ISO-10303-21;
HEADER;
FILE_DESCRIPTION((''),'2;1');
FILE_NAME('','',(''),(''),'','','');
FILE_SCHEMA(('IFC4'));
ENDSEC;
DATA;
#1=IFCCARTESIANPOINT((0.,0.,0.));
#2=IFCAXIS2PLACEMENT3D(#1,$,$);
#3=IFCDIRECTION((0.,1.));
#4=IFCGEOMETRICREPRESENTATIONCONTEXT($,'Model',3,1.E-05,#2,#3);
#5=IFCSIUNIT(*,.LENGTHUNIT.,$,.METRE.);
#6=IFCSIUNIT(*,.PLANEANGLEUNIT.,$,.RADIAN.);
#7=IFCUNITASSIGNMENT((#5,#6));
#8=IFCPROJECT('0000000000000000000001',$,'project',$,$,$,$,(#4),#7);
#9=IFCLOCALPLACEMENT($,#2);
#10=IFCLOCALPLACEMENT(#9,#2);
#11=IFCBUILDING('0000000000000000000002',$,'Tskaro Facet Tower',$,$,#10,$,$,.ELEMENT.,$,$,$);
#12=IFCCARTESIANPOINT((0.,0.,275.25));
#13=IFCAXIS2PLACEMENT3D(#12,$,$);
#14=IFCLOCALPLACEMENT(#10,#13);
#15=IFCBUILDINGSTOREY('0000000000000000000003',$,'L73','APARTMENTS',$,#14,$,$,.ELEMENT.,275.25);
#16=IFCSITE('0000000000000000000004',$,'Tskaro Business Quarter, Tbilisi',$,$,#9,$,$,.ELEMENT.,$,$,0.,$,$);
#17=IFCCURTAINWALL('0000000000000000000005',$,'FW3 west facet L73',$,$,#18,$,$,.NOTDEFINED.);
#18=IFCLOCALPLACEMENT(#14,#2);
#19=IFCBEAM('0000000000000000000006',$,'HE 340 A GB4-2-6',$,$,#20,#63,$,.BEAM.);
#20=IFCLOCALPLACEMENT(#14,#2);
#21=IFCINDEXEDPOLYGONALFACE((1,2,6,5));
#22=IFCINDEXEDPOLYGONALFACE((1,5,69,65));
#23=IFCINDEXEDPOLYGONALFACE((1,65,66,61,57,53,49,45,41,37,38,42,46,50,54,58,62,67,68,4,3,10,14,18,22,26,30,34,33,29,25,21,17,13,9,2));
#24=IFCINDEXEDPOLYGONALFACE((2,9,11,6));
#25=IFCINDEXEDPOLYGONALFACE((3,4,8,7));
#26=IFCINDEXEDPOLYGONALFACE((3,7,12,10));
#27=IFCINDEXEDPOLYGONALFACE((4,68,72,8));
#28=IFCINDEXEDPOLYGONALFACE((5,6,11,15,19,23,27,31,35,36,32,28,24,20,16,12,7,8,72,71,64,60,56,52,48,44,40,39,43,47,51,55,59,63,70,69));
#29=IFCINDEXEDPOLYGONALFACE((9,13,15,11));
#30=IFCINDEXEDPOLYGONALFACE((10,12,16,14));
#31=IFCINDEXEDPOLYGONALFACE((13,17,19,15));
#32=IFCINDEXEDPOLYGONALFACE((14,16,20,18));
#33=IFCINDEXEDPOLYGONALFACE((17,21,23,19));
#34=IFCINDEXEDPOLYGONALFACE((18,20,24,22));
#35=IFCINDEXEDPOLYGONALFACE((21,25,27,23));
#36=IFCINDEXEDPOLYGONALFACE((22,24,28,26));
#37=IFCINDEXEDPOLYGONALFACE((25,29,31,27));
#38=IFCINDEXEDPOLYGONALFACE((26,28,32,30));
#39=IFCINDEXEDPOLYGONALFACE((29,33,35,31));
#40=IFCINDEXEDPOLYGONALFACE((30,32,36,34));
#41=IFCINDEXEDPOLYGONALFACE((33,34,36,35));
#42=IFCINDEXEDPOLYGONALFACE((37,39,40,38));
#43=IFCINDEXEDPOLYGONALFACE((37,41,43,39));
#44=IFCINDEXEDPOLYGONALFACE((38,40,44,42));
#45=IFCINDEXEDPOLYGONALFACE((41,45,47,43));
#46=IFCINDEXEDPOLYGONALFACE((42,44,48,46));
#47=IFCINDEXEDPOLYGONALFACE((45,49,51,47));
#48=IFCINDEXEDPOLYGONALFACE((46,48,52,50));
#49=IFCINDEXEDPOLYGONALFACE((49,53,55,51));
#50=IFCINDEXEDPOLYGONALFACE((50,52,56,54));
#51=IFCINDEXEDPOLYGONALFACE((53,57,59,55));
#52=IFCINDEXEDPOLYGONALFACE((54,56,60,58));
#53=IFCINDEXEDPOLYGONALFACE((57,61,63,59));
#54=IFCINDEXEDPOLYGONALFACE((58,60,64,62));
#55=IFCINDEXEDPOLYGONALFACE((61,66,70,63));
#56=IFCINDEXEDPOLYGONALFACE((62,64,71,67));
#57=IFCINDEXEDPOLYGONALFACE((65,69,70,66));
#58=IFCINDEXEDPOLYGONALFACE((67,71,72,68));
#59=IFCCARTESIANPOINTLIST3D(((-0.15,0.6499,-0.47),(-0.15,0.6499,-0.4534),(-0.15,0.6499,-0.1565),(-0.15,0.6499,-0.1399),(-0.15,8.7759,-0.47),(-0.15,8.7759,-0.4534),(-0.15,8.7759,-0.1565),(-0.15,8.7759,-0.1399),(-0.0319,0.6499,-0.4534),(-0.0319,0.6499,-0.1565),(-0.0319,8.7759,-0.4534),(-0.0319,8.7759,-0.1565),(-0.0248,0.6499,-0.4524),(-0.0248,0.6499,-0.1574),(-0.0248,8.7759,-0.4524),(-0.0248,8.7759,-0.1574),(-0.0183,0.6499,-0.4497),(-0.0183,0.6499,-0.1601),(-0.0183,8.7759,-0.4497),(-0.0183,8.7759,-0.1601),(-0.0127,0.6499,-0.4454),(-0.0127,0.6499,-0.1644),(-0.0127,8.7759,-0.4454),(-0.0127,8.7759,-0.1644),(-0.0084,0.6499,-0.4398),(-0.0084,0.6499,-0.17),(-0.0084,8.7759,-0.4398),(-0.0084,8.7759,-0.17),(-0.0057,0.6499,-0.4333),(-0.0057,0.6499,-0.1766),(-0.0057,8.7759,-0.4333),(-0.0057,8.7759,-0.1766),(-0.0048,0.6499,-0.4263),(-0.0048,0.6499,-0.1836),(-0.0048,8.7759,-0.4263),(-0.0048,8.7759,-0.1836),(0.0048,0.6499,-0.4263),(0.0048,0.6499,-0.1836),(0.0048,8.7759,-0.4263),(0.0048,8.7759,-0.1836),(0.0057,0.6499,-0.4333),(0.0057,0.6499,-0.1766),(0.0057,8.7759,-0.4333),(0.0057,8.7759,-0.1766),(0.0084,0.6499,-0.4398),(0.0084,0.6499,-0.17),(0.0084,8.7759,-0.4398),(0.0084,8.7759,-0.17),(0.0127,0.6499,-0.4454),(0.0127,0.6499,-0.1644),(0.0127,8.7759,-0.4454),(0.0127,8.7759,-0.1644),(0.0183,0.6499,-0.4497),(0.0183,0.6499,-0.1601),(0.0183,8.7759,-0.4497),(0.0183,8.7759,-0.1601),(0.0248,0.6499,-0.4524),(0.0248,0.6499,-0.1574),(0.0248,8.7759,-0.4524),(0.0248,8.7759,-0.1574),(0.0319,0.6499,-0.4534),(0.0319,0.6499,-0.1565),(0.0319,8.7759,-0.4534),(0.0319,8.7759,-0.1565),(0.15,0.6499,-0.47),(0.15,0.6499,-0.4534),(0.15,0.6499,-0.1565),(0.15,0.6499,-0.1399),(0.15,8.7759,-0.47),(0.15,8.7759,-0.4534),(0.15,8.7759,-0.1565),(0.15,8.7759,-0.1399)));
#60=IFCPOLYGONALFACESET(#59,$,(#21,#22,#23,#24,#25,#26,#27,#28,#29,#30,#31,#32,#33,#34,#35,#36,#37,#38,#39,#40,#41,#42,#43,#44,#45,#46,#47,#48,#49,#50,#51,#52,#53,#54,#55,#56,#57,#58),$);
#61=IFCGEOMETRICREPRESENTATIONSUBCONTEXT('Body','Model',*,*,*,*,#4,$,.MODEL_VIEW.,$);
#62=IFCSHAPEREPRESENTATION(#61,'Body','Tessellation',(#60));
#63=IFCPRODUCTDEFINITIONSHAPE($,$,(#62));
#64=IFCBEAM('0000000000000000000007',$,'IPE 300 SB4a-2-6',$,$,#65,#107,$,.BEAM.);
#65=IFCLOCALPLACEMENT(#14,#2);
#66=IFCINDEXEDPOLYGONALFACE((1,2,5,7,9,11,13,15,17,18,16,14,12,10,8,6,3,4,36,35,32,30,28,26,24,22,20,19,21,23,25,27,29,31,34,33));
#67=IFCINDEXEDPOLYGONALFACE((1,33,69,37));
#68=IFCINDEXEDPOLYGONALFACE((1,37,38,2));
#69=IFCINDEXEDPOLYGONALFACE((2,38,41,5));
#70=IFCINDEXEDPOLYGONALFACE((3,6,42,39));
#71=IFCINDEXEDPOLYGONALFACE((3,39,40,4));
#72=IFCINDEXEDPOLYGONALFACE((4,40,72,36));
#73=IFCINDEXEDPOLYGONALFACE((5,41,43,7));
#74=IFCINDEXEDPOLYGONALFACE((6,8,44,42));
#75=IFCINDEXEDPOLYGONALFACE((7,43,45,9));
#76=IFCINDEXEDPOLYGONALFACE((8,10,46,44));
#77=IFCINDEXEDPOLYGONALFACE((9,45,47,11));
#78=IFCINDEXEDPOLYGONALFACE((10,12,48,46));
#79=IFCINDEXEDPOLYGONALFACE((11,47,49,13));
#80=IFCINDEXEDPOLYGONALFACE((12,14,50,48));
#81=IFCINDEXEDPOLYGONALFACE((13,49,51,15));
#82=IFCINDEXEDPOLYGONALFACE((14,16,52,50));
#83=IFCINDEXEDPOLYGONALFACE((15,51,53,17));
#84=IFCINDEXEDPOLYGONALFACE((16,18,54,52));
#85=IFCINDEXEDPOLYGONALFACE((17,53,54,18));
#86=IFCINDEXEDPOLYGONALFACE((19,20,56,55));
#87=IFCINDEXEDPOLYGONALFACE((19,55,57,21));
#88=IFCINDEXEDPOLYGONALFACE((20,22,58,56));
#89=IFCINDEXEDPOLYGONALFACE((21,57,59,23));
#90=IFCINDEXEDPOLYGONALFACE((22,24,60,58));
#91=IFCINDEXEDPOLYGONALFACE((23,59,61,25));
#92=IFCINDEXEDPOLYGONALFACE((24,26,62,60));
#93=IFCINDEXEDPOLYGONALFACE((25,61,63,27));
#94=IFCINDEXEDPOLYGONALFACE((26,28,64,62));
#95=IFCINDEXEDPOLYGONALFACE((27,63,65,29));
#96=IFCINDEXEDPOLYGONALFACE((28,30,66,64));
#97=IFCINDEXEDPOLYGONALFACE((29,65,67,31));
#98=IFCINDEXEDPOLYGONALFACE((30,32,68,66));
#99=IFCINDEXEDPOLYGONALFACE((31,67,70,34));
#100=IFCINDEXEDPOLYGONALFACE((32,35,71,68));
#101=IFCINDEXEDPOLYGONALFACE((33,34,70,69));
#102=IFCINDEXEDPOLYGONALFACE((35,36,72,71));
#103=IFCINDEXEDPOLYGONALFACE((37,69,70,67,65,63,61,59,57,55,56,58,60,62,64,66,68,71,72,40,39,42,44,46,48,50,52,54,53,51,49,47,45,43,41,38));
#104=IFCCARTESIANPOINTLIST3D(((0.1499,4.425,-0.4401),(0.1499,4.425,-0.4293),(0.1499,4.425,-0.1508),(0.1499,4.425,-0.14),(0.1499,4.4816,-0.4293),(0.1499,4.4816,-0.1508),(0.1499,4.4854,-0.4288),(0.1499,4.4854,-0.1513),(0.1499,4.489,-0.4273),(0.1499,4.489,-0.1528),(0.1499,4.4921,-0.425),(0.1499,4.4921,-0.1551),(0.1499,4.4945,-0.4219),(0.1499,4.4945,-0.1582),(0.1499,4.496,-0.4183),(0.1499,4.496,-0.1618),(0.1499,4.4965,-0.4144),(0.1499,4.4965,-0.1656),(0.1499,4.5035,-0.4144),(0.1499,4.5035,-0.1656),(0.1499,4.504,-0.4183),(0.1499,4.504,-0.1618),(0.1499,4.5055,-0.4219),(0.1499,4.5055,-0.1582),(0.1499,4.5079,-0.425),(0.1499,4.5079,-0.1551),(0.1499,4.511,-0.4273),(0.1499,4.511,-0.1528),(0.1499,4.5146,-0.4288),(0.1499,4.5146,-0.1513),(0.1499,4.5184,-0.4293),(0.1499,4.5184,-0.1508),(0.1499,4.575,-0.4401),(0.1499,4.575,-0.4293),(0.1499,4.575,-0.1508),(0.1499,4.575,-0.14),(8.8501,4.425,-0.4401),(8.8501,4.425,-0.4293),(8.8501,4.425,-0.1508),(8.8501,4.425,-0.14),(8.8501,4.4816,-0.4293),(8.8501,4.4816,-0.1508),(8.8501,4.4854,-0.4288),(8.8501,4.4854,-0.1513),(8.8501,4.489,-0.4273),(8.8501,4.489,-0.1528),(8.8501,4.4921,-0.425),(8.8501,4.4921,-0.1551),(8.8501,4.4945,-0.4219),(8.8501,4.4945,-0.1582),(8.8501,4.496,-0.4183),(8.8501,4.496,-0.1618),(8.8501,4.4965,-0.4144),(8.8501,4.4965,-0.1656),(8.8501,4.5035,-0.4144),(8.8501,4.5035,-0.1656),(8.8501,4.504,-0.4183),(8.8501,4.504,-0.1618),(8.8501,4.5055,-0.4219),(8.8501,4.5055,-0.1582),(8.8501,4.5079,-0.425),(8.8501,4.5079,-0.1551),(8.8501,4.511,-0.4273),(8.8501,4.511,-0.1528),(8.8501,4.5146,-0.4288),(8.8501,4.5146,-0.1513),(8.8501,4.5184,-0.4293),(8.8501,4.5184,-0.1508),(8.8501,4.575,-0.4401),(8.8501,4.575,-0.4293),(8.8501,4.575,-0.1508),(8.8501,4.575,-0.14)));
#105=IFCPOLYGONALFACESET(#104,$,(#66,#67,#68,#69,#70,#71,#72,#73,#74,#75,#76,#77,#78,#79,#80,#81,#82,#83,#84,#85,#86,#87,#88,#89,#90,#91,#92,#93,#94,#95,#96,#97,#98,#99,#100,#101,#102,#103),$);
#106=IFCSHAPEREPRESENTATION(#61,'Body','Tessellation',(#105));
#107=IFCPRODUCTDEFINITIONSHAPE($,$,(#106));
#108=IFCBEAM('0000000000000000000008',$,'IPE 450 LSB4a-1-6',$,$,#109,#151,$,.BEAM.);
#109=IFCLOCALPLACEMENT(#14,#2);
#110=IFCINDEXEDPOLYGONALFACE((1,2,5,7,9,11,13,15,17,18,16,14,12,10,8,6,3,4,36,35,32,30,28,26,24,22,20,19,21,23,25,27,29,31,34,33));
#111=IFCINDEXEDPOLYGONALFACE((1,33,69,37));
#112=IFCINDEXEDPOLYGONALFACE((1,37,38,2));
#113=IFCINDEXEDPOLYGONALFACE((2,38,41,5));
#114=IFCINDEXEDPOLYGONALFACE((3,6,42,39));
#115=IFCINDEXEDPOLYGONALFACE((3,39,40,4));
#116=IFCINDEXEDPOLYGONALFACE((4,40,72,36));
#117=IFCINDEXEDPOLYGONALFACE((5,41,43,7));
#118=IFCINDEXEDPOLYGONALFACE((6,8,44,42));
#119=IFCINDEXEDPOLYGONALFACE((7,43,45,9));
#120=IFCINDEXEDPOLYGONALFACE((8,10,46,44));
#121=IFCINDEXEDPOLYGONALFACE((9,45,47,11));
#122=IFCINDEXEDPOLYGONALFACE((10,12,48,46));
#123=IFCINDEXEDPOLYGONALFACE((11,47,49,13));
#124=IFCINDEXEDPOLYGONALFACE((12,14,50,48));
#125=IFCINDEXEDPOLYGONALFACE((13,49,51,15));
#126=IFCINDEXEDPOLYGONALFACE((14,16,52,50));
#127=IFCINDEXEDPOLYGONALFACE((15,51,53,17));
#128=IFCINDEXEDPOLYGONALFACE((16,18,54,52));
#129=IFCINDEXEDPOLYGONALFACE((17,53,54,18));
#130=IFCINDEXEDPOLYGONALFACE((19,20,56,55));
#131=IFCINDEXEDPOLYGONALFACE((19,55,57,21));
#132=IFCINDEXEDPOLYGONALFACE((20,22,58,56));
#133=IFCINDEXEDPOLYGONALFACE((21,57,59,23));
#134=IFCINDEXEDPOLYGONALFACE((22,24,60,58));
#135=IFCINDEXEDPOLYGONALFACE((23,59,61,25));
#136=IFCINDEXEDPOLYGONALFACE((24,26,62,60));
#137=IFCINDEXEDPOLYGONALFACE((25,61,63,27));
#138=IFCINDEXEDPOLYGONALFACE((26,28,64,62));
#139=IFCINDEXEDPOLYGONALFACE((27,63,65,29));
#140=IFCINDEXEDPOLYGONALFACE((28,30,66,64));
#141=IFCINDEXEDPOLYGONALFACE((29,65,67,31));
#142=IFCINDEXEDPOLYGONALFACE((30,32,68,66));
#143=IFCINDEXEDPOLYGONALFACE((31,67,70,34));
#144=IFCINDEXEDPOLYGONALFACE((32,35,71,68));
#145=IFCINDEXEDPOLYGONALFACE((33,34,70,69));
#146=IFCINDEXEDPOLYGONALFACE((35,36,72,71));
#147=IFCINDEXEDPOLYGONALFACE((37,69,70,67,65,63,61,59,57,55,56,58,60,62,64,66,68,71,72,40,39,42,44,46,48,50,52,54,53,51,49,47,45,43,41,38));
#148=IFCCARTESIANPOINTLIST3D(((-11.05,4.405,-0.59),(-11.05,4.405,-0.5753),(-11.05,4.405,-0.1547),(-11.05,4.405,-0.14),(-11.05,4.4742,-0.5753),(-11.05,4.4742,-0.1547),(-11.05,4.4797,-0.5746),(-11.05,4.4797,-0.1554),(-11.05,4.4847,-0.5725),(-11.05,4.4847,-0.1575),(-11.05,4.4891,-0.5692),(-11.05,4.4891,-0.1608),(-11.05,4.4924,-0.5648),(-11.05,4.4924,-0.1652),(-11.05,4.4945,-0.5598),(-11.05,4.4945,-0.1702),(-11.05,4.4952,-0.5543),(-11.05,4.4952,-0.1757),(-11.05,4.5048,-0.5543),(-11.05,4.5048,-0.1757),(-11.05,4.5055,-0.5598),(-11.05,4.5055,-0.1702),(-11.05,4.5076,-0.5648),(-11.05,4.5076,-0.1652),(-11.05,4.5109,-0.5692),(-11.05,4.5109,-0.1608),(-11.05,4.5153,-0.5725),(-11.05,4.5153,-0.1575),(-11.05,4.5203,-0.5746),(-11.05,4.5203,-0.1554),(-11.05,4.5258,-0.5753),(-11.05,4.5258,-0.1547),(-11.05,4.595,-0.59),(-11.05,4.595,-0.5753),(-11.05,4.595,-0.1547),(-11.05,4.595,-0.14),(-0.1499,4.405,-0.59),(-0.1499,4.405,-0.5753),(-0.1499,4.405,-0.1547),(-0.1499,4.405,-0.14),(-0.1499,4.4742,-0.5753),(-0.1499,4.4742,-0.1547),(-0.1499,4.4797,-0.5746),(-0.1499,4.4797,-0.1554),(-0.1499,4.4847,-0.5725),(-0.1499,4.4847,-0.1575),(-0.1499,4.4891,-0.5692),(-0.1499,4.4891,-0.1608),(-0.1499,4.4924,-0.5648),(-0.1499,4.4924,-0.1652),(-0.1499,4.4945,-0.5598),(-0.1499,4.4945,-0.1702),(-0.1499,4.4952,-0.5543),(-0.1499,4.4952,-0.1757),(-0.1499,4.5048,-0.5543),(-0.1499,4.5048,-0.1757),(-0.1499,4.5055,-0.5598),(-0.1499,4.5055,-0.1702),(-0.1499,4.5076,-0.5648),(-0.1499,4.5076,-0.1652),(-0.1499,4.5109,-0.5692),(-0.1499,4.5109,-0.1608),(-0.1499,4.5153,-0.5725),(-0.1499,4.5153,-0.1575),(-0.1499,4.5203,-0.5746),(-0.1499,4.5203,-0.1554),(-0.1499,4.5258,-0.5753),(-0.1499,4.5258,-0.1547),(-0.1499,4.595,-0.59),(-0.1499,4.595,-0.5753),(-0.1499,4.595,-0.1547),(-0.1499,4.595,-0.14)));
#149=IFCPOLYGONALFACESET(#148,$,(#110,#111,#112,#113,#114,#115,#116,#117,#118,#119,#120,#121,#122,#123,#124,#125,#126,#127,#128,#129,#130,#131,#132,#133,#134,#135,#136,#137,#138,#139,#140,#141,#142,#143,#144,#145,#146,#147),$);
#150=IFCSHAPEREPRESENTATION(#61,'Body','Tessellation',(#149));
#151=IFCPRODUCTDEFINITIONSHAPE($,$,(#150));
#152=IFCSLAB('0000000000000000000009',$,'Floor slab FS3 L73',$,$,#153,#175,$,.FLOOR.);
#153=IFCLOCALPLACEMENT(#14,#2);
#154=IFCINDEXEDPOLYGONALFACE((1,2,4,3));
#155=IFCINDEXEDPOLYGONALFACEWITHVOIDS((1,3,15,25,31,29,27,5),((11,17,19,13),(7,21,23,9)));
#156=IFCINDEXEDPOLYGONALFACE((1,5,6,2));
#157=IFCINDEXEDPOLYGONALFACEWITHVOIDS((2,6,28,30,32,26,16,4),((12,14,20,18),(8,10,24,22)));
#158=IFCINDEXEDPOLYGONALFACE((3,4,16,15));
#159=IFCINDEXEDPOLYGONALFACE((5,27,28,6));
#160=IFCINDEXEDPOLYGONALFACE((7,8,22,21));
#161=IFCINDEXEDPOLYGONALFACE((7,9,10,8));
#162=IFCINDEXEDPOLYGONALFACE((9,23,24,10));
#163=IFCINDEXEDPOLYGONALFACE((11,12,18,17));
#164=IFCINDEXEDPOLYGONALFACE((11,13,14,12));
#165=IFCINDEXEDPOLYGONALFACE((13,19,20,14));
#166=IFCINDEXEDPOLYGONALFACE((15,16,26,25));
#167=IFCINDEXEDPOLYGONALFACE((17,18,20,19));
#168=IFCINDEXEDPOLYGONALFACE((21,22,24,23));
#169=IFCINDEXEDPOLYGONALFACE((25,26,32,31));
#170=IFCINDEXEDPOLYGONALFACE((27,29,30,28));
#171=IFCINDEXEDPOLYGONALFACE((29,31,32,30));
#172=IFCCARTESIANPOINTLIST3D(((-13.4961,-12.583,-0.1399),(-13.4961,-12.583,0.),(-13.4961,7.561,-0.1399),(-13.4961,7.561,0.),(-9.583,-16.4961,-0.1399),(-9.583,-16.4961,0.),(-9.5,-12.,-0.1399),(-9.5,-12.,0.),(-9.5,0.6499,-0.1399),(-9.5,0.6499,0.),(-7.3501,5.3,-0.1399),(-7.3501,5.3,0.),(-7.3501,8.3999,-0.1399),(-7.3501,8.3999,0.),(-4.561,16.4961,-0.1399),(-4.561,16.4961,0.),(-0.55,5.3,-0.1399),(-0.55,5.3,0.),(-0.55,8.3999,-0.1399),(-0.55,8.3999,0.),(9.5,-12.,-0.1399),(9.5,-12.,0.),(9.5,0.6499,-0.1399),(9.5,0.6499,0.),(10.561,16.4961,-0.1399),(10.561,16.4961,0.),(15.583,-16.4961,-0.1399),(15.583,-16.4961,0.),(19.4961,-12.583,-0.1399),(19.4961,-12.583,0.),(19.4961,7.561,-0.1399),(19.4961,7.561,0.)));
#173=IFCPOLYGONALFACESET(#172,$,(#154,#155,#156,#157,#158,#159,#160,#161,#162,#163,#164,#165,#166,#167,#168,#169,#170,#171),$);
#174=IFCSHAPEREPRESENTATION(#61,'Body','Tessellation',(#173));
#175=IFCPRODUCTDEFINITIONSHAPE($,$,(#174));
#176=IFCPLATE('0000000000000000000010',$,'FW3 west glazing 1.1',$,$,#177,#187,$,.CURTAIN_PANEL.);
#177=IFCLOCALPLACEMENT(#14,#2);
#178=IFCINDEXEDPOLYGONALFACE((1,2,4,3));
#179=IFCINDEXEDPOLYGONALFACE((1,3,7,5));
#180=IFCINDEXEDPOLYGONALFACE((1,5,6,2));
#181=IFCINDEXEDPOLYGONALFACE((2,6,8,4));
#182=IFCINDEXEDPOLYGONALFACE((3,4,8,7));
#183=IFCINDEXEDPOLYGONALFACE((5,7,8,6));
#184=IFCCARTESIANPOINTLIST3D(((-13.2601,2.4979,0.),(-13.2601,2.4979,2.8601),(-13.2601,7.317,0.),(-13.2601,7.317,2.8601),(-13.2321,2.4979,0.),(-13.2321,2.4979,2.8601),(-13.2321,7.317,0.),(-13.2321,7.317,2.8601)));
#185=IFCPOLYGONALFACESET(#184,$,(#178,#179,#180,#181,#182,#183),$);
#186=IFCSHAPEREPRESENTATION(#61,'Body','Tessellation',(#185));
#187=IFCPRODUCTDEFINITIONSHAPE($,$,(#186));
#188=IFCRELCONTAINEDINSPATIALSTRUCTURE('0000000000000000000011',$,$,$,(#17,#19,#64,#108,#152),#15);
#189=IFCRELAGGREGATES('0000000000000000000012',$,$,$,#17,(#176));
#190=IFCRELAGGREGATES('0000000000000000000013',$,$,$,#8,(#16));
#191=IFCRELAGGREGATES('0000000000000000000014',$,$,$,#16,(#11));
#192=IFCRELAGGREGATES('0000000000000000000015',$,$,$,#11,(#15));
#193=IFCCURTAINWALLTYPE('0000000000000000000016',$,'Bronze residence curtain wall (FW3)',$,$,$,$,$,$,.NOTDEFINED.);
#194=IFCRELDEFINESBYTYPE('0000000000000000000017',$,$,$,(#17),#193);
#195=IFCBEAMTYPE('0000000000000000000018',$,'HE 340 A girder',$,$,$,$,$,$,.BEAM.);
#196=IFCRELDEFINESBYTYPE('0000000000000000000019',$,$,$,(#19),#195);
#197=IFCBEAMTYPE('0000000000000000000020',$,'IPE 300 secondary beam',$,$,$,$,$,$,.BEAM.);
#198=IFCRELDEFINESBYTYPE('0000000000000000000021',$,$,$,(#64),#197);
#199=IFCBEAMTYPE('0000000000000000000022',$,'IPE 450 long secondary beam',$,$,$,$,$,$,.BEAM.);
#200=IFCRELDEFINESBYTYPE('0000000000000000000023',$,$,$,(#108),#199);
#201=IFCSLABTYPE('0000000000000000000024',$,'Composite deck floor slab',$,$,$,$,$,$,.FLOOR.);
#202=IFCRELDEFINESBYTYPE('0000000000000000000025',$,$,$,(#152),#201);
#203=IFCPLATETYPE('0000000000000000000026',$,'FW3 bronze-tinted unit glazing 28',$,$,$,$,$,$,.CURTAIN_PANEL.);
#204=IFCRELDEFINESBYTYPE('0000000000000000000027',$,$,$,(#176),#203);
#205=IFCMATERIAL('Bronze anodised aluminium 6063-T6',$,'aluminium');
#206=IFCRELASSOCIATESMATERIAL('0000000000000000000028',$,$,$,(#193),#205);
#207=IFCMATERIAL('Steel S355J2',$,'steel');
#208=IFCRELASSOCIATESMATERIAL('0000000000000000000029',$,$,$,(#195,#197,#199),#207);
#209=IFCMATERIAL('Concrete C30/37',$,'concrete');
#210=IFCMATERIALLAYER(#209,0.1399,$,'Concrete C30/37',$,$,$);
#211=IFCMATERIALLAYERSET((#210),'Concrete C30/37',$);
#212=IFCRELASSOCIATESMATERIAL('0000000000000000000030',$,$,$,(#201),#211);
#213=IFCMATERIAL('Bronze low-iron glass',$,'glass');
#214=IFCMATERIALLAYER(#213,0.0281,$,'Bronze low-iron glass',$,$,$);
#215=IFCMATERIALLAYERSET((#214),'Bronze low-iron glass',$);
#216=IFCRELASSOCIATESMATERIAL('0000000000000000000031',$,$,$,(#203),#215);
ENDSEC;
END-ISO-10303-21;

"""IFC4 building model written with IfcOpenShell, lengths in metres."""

from ifc_helpers import new_model, si_unit, direction, frame, origin, origin_2d, place, context, subcontext, project, spatial, polyline, rectangle, i_section, outline, extrude, material, layer, layer_set, material_profile, profile_set, type_object, element, aggregate, save


model = new_model("IFC4")

# Units and contexts
model_context = context("Model", 3, precision=1e-05, world=origin(), true_north=direction((0.0, 1.0)))
body_context = subcontext(model_context, "Body", "Model", "MODEL_VIEW")
ifc_project = project(units=[si_unit("LENGTHUNIT", "METRE"), si_unit("PLANEANGLEUNIT", "RADIAN")], contexts=[model_context])

# Site, building, storey
site_placement = place(None, origin())
site = spatial("IfcSite", under=ifc_project, at=site_placement, Name="Tskaro Business Quarter, Tbilisi", CompositionType="ELEMENT", RefElevation=0.0)
building_placement = place(site_placement, origin())
building = spatial("IfcBuilding", under=site, at=building_placement, Name="Tskaro Facet Tower", CompositionType="ELEMENT")
storey_placement = place(building_placement, frame((0.0, 0.0, 275.25)))
storey = spatial("IfcBuildingStorey", under=building, at=storey_placement, Name="L73", Description="APARTMENTS", CompositionType="ELEMENT", Elevation=275.25)

# Curtain wall
ifc_material_1 = material(Name="Bronze anodised aluminium 6063-T6", Category="aluminium")
curtain_wall_type = type_object("IfcCurtainWallType", Name="Bronze residence curtain wall (FW3)", PredefinedType="NOTDEFINED", material=ifc_material_1)
curtain_wall_placement = place(storey_placement, origin())
curtain_wall = element("IfcCurtainWall", 1, at=curtain_wall_placement, inside=storey, type_object=curtain_wall_type, Name="FW3 west facet L73", PredefinedType="NOTDEFINED")

# Beams
ifc_material_2 = material(Name="Steel S355J2", Category="steel")
ifc_material_profile_1 = material_profile(ifc_material_2, i_section(OverallWidth=0.3, OverallDepth=0.3301, WebThickness=0.0095, FlangeThickness=0.0166, FilletRadius=0.0271, at=origin_2d()), Name="HE 340 A")
ifc_profile_set_1 = profile_set([ifc_material_profile_1], Name="Steel S355J2")
beam_type_1 = type_object("IfcBeamType", Name="HE 340 A girder", PredefinedType="BEAM", material=ifc_profile_set_1)
beam_1_placement = place(storey_placement, frame((0.0, 0.6499, -0.3049), z_axis=(0.0, 1.0, 0.0), x_axis=(-1.0, 0.0, 0.0)))
element("IfcBeam", 2, at=beam_1_placement, inside=storey, type_object=beam_type_1, Name="HE 340 A GB4-2-6", PredefinedType="BEAM", context=body_context, shape_type="SweptSolid", body=[
    extrude(i_section(OverallWidth=0.3, OverallDepth=0.3301, WebThickness=0.0095, FlangeThickness=0.0166, FilletRadius=0.0271, at=origin_2d()), origin(), (0.0, 0.0, 1.0), 8.126),
])
ifc_material_profile_2 = material_profile(ifc_material_2, i_section(OverallWidth=0.1499, OverallDepth=0.3, WebThickness=0.0071, FlangeThickness=0.0107, FilletRadius=0.0149, at=origin_2d()), Name="IPE 300")
ifc_profile_set_2 = profile_set([ifc_material_profile_2], Name="Steel S355J2")
beam_type_2 = type_object("IfcBeamType", Name="IPE 300 secondary beam", PredefinedType="BEAM", material=ifc_profile_set_2)
beam_2_placement = place(storey_placement, frame((0.1499, 4.5, -0.29), z_axis=(1.0, 0.0, 0.0), x_axis=(0.0, 1.0, 0.0)))
element("IfcBeam", 3, at=beam_2_placement, inside=storey, type_object=beam_type_2, Name="IPE 300 SB4a-2-6", PredefinedType="BEAM", context=body_context, shape_type="SweptSolid", body=[
    extrude(i_section(OverallWidth=0.1499, OverallDepth=0.3, WebThickness=0.0071, FlangeThickness=0.0107, FilletRadius=0.0149, at=origin_2d()), origin(), (0.0, 0.0, 1.0), 8.7002),
])
ifc_material_profile_3 = material_profile(ifc_material_2, i_section(OverallWidth=0.1899, OverallDepth=0.45, WebThickness=0.0095, FlangeThickness=0.0146, FilletRadius=0.021, at=origin_2d()), Name="IPE 450")
ifc_profile_set_3 = profile_set([ifc_material_profile_3], Name="Steel S355J2")
beam_type_3 = type_object("IfcBeamType", Name="IPE 450 long secondary beam", PredefinedType="BEAM", material=ifc_profile_set_3)
beam_3_placement = place(storey_placement, frame((-11.05, 4.5, -0.365), z_axis=(1.0, 0.0, 0.0), x_axis=(0.0, 1.0, 0.0)))
element("IfcBeam", 4, at=beam_3_placement, inside=storey, type_object=beam_type_3, Name="IPE 450 LSB4a-1-6", PredefinedType="BEAM", context=body_context, shape_type="SweptSolid", body=[
    extrude(i_section(OverallWidth=0.1899, OverallDepth=0.45, WebThickness=0.0095, FlangeThickness=0.0146, FilletRadius=0.021, at=origin_2d()), origin(), (0.0, 0.0, 1.0), 10.9001),
])

# Slab
ifc_material_3 = material(Name="Concrete C30/37", Category="concrete")
ifc_layer_1 = layer(ifc_material_3, 0.1399, Name="Concrete C30/37")
ifc_layer_set_1 = layer_set([ifc_layer_1], Name="Concrete C30/37")
slab_type_1 = type_object("IfcSlabType", Name="Composite deck floor slab", PredefinedType="FLOOR", material=ifc_layer_set_1)
slab_1_placement = place(storey_placement, frame((0.0, 0.0, -0.1399)))
element("IfcSlab", 5, at=slab_1_placement, inside=storey, type_object=slab_type_1, Name="Floor slab FS3 L73", PredefinedType="FLOOR", context=body_context, shape_type="SweptSolid", body=[
    extrude(outline(polyline([(-9.583, -16.4961), (15.583, -16.4961), (19.4961, -12.583), (19.4961, 7.561), (10.561, 16.4961), (-4.561, 16.4961), (-13.4961, 7.561), (-13.4961, -12.583), (-9.583, -16.4961)]), holes=[polyline([(-9.5, -12.0), (9.5, -12.0), (9.5, 0.6499), (-9.5, 0.6499), (-9.5, -12.0)]), polyline([(-7.3501, 5.3), (-0.55, 5.3), (-0.55, 8.3999), (-7.3501, 8.3999), (-7.3501, 5.3)])]), origin(), (0.0, 0.0, 1.0), 0.1399),
])

# Plate
ifc_material_4 = material(Name="Bronze low-iron glass", Category="glass")
ifc_layer_2 = layer(ifc_material_4, 0.0281, Name="Bronze low-iron glass")
ifc_layer_set_2 = layer_set([ifc_layer_2], Name="Bronze low-iron glass")
plate_type = type_object("IfcPlateType", Name="FW3 bronze-tinted unit glazing 28", PredefinedType="CURTAIN_PANEL", material=ifc_layer_set_2)
plate_1_placement = place(storey_placement, frame((-13.2461, 4.9075, 0.0), z_axis=(0.0, 0.0, 1.0), x_axis=(0.0, -1.0, 0.0)))
plate_1 = element("IfcPlate", 6, at=plate_1_placement, type_object=plate_type, Name="FW3 west glazing 1.1", PredefinedType="CURTAIN_PANEL", context=body_context, shape_type="SweptSolid", body=[
    extrude(rectangle(XDim=4.8191, YDim=0.0281, at=origin_2d()), origin(), (0.0, 0.0, 1.0), 2.8601),
])
aggregate(curtain_wall, [plate_1])

save(model, "model.ifc")
